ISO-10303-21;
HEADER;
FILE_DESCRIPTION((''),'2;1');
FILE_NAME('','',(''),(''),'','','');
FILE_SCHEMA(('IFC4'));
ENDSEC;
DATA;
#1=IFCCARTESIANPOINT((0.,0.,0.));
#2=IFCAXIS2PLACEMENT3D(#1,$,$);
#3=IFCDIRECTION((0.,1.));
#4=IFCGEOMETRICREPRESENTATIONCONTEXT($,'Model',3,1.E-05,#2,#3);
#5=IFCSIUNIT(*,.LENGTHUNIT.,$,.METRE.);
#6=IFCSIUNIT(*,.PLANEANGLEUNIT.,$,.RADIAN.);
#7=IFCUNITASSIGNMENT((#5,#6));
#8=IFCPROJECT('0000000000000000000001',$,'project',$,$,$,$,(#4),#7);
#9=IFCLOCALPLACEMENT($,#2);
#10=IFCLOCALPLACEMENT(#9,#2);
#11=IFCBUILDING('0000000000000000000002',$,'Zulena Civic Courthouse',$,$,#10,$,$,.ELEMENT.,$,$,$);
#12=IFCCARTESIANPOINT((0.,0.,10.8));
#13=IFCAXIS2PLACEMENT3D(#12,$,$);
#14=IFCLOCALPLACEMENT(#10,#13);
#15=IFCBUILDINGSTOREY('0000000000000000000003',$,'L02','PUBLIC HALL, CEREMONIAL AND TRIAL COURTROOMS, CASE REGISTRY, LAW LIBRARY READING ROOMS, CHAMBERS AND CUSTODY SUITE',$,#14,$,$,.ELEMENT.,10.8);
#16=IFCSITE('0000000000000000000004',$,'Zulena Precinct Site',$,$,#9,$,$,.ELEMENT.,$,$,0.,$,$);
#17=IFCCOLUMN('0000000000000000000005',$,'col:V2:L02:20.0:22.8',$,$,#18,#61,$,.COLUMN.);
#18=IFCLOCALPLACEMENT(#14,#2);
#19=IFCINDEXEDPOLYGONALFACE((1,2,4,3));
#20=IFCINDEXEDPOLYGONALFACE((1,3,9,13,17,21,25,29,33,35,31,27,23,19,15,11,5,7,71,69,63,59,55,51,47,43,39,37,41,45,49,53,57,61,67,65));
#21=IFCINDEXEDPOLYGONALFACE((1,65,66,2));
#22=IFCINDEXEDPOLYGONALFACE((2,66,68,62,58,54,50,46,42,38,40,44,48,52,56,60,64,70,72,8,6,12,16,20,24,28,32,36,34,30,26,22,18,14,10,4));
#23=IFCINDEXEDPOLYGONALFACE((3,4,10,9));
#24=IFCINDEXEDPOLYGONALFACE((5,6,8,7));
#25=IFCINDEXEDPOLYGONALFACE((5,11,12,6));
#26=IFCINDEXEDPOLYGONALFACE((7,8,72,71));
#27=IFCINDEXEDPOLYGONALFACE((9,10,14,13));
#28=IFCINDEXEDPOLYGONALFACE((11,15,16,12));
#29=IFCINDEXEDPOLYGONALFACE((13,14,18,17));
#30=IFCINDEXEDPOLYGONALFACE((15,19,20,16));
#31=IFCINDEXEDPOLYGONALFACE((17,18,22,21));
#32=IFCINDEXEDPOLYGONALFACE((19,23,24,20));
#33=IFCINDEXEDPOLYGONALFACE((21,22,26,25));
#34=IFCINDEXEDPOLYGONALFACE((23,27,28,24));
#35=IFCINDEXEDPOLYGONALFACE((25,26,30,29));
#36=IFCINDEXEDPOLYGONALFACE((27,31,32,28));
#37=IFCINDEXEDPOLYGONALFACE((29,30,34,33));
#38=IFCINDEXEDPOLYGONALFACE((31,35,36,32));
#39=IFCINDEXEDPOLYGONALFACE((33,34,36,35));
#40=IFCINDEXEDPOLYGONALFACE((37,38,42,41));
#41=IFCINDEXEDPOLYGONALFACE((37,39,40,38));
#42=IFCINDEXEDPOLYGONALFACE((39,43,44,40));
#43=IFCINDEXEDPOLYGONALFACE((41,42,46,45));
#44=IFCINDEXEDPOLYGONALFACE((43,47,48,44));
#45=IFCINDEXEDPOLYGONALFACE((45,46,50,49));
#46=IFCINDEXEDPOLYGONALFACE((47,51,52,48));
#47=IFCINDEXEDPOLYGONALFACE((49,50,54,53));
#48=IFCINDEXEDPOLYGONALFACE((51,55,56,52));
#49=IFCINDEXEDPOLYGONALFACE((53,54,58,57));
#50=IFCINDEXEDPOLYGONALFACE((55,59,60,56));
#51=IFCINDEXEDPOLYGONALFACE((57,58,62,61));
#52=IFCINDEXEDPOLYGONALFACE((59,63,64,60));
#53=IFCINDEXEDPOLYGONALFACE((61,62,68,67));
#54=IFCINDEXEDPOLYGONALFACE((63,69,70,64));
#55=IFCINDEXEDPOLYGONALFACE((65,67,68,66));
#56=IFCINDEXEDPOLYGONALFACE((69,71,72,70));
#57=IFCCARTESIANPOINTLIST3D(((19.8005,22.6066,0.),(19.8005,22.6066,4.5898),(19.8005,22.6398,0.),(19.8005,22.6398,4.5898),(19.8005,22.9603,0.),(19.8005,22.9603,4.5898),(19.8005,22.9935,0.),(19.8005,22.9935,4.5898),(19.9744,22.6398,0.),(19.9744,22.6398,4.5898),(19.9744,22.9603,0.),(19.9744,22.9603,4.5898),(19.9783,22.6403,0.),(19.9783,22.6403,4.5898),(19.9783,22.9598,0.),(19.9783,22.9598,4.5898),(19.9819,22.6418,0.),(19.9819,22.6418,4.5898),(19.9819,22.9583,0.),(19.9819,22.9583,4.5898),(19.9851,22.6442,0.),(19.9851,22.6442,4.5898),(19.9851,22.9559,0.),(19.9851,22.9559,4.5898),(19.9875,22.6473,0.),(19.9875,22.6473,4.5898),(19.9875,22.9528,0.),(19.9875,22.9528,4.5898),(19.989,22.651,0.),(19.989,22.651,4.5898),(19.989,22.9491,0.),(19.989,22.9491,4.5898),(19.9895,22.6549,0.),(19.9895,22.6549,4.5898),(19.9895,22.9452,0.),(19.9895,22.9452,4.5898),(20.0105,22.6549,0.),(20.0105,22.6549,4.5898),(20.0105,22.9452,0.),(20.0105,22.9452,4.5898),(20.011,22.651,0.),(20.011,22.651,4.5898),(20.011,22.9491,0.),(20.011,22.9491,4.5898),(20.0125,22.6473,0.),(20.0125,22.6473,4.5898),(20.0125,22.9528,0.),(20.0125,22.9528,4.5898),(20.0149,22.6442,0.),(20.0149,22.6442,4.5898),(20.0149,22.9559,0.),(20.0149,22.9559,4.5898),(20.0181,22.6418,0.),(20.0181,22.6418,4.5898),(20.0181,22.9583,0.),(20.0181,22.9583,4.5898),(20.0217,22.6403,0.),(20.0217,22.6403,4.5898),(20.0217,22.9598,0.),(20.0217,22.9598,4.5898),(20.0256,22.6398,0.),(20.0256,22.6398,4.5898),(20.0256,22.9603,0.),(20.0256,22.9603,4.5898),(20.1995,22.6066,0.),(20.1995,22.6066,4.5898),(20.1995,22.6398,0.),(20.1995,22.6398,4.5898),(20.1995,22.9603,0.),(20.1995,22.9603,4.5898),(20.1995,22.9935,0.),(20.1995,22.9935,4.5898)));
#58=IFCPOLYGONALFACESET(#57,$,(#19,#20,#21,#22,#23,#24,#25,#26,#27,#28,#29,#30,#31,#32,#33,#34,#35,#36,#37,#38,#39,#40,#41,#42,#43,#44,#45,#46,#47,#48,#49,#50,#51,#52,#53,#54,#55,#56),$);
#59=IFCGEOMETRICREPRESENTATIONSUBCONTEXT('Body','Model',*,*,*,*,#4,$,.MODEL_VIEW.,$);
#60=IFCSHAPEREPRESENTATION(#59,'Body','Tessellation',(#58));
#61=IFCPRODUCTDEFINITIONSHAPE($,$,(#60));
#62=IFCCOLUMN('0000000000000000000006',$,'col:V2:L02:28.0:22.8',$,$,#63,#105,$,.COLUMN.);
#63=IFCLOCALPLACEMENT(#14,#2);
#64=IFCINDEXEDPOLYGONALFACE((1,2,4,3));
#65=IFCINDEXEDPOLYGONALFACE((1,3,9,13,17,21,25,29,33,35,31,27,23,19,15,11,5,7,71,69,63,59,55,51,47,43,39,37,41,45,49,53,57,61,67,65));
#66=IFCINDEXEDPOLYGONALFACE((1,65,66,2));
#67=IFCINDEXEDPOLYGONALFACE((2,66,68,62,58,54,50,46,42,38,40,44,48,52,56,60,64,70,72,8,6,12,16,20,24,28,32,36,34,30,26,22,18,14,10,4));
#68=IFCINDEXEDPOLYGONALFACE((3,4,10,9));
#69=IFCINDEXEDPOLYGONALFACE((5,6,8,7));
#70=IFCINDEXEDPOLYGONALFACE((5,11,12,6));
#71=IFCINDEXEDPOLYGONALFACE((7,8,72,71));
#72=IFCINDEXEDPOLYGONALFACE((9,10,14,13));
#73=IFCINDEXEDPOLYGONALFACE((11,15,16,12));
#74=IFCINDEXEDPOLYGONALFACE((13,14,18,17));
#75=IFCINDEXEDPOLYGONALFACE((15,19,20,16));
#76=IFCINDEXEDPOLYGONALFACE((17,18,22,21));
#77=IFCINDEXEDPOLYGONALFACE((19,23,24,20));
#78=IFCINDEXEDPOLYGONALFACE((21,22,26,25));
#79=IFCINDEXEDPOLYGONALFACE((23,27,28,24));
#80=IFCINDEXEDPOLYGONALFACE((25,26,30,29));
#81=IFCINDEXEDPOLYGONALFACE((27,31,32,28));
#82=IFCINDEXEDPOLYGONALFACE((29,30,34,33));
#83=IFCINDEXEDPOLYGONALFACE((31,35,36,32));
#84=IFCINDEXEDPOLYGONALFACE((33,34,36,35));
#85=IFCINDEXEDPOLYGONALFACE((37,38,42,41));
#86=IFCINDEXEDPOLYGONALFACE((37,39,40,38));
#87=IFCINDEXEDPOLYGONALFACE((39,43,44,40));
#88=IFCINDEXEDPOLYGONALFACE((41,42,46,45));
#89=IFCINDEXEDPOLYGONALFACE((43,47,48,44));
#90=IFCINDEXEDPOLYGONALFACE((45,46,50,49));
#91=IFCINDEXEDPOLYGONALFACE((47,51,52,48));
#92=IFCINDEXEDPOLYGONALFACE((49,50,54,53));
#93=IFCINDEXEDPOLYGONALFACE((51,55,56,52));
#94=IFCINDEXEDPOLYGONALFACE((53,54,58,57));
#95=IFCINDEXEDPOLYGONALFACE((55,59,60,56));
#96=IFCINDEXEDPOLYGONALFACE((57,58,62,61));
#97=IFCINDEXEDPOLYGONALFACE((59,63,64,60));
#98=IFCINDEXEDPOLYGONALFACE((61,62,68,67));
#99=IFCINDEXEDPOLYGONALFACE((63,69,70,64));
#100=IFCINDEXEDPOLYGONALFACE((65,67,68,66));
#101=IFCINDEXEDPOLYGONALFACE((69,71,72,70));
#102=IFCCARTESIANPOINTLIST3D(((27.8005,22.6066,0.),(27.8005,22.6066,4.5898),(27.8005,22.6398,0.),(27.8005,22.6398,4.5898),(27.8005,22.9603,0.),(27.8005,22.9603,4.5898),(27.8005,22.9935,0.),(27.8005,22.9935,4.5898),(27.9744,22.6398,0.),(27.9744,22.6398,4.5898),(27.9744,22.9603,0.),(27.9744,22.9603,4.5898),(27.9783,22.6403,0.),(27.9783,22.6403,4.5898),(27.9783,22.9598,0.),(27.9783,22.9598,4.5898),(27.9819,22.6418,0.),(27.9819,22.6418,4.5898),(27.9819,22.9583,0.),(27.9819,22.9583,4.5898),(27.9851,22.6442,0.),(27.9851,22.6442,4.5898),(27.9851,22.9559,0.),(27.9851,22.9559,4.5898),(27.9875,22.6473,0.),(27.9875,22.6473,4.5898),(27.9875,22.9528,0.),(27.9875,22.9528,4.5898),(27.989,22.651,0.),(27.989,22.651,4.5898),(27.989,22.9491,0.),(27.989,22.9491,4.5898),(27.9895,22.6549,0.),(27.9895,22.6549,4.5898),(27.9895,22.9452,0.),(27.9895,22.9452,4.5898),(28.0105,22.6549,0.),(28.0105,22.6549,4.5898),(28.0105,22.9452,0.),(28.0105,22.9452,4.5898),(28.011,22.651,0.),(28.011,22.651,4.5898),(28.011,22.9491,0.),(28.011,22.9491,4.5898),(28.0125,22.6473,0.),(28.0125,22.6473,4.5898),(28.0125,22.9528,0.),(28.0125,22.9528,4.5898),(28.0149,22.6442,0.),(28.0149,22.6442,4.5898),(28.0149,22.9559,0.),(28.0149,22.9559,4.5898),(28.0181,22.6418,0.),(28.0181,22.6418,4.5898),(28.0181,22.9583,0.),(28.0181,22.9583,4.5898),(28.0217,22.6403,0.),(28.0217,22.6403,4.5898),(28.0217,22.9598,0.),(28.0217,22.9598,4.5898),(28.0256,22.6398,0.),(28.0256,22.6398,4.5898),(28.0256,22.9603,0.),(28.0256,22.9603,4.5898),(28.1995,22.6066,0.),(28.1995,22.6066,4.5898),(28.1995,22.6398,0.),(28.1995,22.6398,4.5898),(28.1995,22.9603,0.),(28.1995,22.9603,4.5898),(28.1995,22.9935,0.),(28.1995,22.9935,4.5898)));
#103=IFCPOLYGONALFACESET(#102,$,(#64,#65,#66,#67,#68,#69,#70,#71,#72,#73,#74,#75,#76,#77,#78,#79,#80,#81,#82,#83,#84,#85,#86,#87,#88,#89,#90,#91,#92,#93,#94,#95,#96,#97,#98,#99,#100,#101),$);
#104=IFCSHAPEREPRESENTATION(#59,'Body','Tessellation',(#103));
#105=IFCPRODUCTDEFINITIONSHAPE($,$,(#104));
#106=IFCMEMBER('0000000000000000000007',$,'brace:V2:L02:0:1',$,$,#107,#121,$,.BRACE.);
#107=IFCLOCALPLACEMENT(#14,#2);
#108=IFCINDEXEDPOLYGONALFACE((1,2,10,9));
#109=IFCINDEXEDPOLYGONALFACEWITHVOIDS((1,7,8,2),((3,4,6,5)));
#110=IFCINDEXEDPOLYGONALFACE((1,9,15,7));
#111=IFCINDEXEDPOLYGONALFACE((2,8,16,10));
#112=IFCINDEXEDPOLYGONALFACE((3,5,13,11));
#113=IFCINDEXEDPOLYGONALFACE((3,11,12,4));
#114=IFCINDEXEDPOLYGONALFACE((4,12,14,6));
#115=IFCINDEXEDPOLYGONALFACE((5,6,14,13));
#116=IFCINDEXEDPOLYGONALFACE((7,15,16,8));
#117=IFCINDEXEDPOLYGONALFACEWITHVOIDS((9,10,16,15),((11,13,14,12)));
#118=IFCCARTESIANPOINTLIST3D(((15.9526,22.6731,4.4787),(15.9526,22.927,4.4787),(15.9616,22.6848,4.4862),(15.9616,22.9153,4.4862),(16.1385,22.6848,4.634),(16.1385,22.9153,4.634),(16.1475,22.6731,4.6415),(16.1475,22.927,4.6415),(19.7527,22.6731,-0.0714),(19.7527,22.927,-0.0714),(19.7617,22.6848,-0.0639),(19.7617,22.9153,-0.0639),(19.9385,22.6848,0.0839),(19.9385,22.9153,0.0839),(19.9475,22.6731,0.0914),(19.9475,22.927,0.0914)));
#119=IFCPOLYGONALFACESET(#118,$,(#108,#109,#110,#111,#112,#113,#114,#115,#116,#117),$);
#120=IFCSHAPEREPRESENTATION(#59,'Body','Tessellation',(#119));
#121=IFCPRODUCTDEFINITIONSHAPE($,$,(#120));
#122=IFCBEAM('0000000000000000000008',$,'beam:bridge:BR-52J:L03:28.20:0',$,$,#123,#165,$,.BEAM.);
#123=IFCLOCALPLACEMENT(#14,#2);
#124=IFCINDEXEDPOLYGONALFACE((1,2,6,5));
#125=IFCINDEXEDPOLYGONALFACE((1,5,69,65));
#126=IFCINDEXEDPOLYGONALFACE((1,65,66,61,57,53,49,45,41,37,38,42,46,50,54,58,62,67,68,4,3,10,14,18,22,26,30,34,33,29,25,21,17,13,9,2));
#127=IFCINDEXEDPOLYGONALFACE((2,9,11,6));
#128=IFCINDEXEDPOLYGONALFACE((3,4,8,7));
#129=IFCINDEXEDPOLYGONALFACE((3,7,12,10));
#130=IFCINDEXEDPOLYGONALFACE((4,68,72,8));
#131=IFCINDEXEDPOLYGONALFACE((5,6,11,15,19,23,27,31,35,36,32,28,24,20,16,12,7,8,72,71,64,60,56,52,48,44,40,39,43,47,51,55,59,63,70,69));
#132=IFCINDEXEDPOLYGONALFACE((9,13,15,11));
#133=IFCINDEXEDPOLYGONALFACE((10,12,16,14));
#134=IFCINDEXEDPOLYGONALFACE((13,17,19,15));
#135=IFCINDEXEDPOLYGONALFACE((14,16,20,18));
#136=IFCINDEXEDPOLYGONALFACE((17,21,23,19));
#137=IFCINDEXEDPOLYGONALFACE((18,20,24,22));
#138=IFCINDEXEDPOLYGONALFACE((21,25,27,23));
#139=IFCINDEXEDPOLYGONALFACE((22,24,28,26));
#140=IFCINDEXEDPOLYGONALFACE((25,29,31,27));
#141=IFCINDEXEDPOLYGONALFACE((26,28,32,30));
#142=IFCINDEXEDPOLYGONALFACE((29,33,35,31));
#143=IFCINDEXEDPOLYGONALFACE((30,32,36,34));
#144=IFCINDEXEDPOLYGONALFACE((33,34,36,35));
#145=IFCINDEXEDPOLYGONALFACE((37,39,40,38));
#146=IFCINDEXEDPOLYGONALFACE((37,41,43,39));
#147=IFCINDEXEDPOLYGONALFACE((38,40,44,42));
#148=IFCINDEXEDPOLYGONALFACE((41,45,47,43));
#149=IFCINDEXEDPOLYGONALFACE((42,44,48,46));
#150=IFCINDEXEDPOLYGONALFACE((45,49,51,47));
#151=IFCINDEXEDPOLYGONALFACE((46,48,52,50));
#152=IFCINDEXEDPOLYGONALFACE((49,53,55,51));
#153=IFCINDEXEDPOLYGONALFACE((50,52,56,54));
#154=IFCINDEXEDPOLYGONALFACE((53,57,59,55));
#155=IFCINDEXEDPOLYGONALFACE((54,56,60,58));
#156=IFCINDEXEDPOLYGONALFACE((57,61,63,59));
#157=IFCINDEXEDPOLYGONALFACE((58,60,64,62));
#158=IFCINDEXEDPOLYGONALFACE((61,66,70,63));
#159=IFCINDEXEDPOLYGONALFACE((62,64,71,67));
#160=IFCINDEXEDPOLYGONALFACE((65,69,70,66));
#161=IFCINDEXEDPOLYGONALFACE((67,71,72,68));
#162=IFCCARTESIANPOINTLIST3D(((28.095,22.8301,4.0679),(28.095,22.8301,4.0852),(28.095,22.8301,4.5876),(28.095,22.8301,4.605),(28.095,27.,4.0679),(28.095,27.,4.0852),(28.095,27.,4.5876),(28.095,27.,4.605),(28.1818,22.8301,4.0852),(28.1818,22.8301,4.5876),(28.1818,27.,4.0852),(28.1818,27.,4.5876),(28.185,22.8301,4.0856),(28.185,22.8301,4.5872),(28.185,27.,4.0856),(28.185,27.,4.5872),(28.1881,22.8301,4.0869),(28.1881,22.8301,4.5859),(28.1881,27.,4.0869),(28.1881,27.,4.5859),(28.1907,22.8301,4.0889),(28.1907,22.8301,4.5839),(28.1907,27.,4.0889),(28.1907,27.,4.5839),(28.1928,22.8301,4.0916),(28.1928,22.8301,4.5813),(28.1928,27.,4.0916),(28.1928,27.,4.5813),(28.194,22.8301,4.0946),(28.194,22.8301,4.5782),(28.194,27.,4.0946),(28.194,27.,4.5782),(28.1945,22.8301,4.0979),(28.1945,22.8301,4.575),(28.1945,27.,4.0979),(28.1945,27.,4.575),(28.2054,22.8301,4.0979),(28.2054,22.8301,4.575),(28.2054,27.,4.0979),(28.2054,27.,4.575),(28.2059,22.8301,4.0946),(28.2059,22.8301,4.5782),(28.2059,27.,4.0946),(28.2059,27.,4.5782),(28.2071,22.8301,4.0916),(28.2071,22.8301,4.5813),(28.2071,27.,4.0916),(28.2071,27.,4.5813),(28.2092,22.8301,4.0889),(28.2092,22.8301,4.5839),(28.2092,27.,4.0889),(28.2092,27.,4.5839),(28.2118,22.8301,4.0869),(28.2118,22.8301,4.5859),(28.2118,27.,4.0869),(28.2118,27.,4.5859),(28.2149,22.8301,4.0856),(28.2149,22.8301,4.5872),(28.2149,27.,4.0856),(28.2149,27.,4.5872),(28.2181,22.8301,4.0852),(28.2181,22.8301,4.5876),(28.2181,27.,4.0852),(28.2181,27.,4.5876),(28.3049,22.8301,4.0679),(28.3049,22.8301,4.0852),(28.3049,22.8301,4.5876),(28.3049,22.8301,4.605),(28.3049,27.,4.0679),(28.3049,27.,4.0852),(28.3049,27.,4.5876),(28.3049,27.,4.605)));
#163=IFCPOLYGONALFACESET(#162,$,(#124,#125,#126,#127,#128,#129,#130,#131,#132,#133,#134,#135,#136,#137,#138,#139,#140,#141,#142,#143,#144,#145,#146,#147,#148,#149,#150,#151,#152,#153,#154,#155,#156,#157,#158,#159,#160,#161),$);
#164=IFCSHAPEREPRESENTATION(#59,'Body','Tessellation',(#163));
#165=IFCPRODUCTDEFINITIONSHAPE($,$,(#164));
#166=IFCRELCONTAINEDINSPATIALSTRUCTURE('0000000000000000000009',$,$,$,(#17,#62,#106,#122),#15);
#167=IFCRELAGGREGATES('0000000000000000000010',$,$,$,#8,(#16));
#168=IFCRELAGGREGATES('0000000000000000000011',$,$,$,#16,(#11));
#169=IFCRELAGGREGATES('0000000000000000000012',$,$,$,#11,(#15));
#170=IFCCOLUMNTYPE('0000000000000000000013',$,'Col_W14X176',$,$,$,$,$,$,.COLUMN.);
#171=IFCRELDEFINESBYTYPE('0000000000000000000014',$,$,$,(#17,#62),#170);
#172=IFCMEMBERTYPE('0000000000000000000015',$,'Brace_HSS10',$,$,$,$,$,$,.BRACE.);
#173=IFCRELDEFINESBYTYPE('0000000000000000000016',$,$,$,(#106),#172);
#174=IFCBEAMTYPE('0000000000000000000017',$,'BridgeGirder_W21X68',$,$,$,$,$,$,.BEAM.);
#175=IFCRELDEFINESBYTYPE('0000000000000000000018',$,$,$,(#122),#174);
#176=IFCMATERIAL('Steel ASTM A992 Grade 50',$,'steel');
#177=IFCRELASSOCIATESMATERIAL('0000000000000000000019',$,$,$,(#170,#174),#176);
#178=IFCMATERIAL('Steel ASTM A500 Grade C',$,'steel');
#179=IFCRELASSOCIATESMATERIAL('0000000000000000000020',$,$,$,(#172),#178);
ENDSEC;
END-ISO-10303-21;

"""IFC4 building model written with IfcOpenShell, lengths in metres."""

from ifc_helpers import new_model, si_unit, direction, frame, origin, origin_2d, place, context, subcontext, project, spatial, hollow_rectangle, i_section, extrude, material, material_profile, profile_set, type_object, element, save


model = new_model("IFC4")

# Units and contexts
model_context = context("Model", 3, precision=1e-05, world=origin(), true_north=direction((0.0, 1.0)))
body_context = subcontext(model_context, "Body", "Model", "MODEL_VIEW")
ifc_project = project(units=[si_unit("LENGTHUNIT", "METRE"), si_unit("PLANEANGLEUNIT", "RADIAN")], contexts=[model_context])

# Site, building, storey
site_placement = place(None, origin())
site = spatial("IfcSite", under=ifc_project, at=site_placement, Name="Zulena Precinct Site", CompositionType="ELEMENT", RefElevation=0.0)
building_placement = place(site_placement, origin())
building = spatial("IfcBuilding", under=site, at=building_placement, Name="Zulena Civic Courthouse", CompositionType="ELEMENT")
storey_placement = place(building_placement, frame((0.0, 0.0, 10.8)))
storey = spatial("IfcBuildingStorey", under=building, at=storey_placement, Name="L02", Description="PUBLIC HALL, CEREMONIAL AND TRIAL COURTROOMS, CASE REGISTRY, LAW LIBRARY READING ROOMS, CHAMBERS AND CUSTODY SUITE", CompositionType="ELEMENT", Elevation=10.8)

# Columns
ifc_material_1 = material(Name="Steel ASTM A992 Grade 50", Category="steel")
ifc_material_profile_1 = material_profile(ifc_material_1, i_section(OverallWidth=0.3989, OverallDepth=0.387, WebThickness=0.021, FlangeThickness=0.0332, FilletRadius=0.0151, at=origin_2d()), Name="W14X176")
ifc_profile_set_1 = profile_set([ifc_material_profile_1], Name="Steel ASTM A992 Grade 50")
column_type_1 = type_object("IfcColumnType", Name="Col_W14X176", PredefinedType="COLUMN", material=ifc_profile_set_1)
for number, where, z_axis, x_axis, name in (
    (1, (20.0, 22.8, 0.0), (0.0, 0.0, 1.0), (1.0, 0.0, 0.0), "col:V2:L02:20.0:22.8"),
    (2, (28.0, 22.8, 0.0), (0.0, 0.0, 1.0), (1.0, 0.0, 0.0), "col:V2:L02:28.0:22.8"),
):
    element("IfcColumn", number, at=place(storey_placement, frame(where, z_axis=z_axis, x_axis=x_axis)), inside=storey, type_object=column_type_1, Name=name, PredefinedType="COLUMN", context=body_context, shape_type="SweptSolid", body=[
        extrude(i_section(OverallWidth=0.3989, OverallDepth=0.387, WebThickness=0.021, FlangeThickness=0.0332, FilletRadius=0.0151, at=origin_2d()), origin(), (0.0, 0.0, 1.0), 4.5898),
    ])

# Member
ifc_material_2 = material(Name="Steel ASTM A500 Grade C", Category="steel")
ifc_material_profile_2 = material_profile(ifc_material_2, hollow_rectangle(XDim=0.2539, YDim=0.2539, WallThickness=0.0117, at=origin_2d()), Name="HSS10X10X1/2")
ifc_profile_set_2 = profile_set([ifc_material_profile_2], Name="Steel ASTM A500 Grade C")
member_type = type_object("IfcMemberType", Name="Brace_HSS10", PredefinedType="BRACE", material=ifc_profile_set_2)
member_placement = place(storey_placement, frame((19.8501, 22.8, 0.01), z_axis=(-0.641014, 0.0, 0.767529), x_axis=(0.0, -1.0, 0.0)))
element("IfcMember", 3, at=member_placement, inside=storey, type_object=member_type, Name="brace:V2:L02:0:1", PredefinedType="BRACE", context=body_context, shape_type="SweptSolid", body=[
    extrude(hollow_rectangle(XDim=0.2539, YDim=0.2539, WallThickness=0.0117, at=origin_2d()), origin(), (0.0, 0.0, 1.0), 5.9282),
])

# Beam
ifc_material_profile_3 = material_profile(ifc_material_1, i_section(OverallWidth=0.21, OverallDepth=0.5371, WebThickness=0.011, FlangeThickness=0.0173, FilletRadius=0.0127, at=origin_2d()), Name="W21X68")
ifc_profile_set_3 = profile_set([ifc_material_profile_3], Name="Steel ASTM A992 Grade 50")
beam_type_1 = type_object("IfcBeamType", Name="BridgeGirder_W21X68", PredefinedType="BEAM", material=ifc_profile_set_3)
beam_placement = place(storey_placement, frame((28.2, 22.8301, 4.3364), z_axis=(0.0, 1.0, 0.0), x_axis=(-1.0, 0.0, 0.0)))
element("IfcBeam", 4, at=beam_placement, inside=storey, type_object=beam_type_1, Name="beam:bridge:BR-52J:L03:28.20:0", PredefinedType="BEAM", context=body_context, shape_type="SweptSolid", body=[
    extrude(i_section(OverallWidth=0.21, OverallDepth=0.5371, WebThickness=0.011, FlangeThickness=0.0173, FilletRadius=0.0127, at=origin_2d()), origin(), (0.0, 0.0, 1.0), 4.1699),
])

save(model, "model.ifc")
